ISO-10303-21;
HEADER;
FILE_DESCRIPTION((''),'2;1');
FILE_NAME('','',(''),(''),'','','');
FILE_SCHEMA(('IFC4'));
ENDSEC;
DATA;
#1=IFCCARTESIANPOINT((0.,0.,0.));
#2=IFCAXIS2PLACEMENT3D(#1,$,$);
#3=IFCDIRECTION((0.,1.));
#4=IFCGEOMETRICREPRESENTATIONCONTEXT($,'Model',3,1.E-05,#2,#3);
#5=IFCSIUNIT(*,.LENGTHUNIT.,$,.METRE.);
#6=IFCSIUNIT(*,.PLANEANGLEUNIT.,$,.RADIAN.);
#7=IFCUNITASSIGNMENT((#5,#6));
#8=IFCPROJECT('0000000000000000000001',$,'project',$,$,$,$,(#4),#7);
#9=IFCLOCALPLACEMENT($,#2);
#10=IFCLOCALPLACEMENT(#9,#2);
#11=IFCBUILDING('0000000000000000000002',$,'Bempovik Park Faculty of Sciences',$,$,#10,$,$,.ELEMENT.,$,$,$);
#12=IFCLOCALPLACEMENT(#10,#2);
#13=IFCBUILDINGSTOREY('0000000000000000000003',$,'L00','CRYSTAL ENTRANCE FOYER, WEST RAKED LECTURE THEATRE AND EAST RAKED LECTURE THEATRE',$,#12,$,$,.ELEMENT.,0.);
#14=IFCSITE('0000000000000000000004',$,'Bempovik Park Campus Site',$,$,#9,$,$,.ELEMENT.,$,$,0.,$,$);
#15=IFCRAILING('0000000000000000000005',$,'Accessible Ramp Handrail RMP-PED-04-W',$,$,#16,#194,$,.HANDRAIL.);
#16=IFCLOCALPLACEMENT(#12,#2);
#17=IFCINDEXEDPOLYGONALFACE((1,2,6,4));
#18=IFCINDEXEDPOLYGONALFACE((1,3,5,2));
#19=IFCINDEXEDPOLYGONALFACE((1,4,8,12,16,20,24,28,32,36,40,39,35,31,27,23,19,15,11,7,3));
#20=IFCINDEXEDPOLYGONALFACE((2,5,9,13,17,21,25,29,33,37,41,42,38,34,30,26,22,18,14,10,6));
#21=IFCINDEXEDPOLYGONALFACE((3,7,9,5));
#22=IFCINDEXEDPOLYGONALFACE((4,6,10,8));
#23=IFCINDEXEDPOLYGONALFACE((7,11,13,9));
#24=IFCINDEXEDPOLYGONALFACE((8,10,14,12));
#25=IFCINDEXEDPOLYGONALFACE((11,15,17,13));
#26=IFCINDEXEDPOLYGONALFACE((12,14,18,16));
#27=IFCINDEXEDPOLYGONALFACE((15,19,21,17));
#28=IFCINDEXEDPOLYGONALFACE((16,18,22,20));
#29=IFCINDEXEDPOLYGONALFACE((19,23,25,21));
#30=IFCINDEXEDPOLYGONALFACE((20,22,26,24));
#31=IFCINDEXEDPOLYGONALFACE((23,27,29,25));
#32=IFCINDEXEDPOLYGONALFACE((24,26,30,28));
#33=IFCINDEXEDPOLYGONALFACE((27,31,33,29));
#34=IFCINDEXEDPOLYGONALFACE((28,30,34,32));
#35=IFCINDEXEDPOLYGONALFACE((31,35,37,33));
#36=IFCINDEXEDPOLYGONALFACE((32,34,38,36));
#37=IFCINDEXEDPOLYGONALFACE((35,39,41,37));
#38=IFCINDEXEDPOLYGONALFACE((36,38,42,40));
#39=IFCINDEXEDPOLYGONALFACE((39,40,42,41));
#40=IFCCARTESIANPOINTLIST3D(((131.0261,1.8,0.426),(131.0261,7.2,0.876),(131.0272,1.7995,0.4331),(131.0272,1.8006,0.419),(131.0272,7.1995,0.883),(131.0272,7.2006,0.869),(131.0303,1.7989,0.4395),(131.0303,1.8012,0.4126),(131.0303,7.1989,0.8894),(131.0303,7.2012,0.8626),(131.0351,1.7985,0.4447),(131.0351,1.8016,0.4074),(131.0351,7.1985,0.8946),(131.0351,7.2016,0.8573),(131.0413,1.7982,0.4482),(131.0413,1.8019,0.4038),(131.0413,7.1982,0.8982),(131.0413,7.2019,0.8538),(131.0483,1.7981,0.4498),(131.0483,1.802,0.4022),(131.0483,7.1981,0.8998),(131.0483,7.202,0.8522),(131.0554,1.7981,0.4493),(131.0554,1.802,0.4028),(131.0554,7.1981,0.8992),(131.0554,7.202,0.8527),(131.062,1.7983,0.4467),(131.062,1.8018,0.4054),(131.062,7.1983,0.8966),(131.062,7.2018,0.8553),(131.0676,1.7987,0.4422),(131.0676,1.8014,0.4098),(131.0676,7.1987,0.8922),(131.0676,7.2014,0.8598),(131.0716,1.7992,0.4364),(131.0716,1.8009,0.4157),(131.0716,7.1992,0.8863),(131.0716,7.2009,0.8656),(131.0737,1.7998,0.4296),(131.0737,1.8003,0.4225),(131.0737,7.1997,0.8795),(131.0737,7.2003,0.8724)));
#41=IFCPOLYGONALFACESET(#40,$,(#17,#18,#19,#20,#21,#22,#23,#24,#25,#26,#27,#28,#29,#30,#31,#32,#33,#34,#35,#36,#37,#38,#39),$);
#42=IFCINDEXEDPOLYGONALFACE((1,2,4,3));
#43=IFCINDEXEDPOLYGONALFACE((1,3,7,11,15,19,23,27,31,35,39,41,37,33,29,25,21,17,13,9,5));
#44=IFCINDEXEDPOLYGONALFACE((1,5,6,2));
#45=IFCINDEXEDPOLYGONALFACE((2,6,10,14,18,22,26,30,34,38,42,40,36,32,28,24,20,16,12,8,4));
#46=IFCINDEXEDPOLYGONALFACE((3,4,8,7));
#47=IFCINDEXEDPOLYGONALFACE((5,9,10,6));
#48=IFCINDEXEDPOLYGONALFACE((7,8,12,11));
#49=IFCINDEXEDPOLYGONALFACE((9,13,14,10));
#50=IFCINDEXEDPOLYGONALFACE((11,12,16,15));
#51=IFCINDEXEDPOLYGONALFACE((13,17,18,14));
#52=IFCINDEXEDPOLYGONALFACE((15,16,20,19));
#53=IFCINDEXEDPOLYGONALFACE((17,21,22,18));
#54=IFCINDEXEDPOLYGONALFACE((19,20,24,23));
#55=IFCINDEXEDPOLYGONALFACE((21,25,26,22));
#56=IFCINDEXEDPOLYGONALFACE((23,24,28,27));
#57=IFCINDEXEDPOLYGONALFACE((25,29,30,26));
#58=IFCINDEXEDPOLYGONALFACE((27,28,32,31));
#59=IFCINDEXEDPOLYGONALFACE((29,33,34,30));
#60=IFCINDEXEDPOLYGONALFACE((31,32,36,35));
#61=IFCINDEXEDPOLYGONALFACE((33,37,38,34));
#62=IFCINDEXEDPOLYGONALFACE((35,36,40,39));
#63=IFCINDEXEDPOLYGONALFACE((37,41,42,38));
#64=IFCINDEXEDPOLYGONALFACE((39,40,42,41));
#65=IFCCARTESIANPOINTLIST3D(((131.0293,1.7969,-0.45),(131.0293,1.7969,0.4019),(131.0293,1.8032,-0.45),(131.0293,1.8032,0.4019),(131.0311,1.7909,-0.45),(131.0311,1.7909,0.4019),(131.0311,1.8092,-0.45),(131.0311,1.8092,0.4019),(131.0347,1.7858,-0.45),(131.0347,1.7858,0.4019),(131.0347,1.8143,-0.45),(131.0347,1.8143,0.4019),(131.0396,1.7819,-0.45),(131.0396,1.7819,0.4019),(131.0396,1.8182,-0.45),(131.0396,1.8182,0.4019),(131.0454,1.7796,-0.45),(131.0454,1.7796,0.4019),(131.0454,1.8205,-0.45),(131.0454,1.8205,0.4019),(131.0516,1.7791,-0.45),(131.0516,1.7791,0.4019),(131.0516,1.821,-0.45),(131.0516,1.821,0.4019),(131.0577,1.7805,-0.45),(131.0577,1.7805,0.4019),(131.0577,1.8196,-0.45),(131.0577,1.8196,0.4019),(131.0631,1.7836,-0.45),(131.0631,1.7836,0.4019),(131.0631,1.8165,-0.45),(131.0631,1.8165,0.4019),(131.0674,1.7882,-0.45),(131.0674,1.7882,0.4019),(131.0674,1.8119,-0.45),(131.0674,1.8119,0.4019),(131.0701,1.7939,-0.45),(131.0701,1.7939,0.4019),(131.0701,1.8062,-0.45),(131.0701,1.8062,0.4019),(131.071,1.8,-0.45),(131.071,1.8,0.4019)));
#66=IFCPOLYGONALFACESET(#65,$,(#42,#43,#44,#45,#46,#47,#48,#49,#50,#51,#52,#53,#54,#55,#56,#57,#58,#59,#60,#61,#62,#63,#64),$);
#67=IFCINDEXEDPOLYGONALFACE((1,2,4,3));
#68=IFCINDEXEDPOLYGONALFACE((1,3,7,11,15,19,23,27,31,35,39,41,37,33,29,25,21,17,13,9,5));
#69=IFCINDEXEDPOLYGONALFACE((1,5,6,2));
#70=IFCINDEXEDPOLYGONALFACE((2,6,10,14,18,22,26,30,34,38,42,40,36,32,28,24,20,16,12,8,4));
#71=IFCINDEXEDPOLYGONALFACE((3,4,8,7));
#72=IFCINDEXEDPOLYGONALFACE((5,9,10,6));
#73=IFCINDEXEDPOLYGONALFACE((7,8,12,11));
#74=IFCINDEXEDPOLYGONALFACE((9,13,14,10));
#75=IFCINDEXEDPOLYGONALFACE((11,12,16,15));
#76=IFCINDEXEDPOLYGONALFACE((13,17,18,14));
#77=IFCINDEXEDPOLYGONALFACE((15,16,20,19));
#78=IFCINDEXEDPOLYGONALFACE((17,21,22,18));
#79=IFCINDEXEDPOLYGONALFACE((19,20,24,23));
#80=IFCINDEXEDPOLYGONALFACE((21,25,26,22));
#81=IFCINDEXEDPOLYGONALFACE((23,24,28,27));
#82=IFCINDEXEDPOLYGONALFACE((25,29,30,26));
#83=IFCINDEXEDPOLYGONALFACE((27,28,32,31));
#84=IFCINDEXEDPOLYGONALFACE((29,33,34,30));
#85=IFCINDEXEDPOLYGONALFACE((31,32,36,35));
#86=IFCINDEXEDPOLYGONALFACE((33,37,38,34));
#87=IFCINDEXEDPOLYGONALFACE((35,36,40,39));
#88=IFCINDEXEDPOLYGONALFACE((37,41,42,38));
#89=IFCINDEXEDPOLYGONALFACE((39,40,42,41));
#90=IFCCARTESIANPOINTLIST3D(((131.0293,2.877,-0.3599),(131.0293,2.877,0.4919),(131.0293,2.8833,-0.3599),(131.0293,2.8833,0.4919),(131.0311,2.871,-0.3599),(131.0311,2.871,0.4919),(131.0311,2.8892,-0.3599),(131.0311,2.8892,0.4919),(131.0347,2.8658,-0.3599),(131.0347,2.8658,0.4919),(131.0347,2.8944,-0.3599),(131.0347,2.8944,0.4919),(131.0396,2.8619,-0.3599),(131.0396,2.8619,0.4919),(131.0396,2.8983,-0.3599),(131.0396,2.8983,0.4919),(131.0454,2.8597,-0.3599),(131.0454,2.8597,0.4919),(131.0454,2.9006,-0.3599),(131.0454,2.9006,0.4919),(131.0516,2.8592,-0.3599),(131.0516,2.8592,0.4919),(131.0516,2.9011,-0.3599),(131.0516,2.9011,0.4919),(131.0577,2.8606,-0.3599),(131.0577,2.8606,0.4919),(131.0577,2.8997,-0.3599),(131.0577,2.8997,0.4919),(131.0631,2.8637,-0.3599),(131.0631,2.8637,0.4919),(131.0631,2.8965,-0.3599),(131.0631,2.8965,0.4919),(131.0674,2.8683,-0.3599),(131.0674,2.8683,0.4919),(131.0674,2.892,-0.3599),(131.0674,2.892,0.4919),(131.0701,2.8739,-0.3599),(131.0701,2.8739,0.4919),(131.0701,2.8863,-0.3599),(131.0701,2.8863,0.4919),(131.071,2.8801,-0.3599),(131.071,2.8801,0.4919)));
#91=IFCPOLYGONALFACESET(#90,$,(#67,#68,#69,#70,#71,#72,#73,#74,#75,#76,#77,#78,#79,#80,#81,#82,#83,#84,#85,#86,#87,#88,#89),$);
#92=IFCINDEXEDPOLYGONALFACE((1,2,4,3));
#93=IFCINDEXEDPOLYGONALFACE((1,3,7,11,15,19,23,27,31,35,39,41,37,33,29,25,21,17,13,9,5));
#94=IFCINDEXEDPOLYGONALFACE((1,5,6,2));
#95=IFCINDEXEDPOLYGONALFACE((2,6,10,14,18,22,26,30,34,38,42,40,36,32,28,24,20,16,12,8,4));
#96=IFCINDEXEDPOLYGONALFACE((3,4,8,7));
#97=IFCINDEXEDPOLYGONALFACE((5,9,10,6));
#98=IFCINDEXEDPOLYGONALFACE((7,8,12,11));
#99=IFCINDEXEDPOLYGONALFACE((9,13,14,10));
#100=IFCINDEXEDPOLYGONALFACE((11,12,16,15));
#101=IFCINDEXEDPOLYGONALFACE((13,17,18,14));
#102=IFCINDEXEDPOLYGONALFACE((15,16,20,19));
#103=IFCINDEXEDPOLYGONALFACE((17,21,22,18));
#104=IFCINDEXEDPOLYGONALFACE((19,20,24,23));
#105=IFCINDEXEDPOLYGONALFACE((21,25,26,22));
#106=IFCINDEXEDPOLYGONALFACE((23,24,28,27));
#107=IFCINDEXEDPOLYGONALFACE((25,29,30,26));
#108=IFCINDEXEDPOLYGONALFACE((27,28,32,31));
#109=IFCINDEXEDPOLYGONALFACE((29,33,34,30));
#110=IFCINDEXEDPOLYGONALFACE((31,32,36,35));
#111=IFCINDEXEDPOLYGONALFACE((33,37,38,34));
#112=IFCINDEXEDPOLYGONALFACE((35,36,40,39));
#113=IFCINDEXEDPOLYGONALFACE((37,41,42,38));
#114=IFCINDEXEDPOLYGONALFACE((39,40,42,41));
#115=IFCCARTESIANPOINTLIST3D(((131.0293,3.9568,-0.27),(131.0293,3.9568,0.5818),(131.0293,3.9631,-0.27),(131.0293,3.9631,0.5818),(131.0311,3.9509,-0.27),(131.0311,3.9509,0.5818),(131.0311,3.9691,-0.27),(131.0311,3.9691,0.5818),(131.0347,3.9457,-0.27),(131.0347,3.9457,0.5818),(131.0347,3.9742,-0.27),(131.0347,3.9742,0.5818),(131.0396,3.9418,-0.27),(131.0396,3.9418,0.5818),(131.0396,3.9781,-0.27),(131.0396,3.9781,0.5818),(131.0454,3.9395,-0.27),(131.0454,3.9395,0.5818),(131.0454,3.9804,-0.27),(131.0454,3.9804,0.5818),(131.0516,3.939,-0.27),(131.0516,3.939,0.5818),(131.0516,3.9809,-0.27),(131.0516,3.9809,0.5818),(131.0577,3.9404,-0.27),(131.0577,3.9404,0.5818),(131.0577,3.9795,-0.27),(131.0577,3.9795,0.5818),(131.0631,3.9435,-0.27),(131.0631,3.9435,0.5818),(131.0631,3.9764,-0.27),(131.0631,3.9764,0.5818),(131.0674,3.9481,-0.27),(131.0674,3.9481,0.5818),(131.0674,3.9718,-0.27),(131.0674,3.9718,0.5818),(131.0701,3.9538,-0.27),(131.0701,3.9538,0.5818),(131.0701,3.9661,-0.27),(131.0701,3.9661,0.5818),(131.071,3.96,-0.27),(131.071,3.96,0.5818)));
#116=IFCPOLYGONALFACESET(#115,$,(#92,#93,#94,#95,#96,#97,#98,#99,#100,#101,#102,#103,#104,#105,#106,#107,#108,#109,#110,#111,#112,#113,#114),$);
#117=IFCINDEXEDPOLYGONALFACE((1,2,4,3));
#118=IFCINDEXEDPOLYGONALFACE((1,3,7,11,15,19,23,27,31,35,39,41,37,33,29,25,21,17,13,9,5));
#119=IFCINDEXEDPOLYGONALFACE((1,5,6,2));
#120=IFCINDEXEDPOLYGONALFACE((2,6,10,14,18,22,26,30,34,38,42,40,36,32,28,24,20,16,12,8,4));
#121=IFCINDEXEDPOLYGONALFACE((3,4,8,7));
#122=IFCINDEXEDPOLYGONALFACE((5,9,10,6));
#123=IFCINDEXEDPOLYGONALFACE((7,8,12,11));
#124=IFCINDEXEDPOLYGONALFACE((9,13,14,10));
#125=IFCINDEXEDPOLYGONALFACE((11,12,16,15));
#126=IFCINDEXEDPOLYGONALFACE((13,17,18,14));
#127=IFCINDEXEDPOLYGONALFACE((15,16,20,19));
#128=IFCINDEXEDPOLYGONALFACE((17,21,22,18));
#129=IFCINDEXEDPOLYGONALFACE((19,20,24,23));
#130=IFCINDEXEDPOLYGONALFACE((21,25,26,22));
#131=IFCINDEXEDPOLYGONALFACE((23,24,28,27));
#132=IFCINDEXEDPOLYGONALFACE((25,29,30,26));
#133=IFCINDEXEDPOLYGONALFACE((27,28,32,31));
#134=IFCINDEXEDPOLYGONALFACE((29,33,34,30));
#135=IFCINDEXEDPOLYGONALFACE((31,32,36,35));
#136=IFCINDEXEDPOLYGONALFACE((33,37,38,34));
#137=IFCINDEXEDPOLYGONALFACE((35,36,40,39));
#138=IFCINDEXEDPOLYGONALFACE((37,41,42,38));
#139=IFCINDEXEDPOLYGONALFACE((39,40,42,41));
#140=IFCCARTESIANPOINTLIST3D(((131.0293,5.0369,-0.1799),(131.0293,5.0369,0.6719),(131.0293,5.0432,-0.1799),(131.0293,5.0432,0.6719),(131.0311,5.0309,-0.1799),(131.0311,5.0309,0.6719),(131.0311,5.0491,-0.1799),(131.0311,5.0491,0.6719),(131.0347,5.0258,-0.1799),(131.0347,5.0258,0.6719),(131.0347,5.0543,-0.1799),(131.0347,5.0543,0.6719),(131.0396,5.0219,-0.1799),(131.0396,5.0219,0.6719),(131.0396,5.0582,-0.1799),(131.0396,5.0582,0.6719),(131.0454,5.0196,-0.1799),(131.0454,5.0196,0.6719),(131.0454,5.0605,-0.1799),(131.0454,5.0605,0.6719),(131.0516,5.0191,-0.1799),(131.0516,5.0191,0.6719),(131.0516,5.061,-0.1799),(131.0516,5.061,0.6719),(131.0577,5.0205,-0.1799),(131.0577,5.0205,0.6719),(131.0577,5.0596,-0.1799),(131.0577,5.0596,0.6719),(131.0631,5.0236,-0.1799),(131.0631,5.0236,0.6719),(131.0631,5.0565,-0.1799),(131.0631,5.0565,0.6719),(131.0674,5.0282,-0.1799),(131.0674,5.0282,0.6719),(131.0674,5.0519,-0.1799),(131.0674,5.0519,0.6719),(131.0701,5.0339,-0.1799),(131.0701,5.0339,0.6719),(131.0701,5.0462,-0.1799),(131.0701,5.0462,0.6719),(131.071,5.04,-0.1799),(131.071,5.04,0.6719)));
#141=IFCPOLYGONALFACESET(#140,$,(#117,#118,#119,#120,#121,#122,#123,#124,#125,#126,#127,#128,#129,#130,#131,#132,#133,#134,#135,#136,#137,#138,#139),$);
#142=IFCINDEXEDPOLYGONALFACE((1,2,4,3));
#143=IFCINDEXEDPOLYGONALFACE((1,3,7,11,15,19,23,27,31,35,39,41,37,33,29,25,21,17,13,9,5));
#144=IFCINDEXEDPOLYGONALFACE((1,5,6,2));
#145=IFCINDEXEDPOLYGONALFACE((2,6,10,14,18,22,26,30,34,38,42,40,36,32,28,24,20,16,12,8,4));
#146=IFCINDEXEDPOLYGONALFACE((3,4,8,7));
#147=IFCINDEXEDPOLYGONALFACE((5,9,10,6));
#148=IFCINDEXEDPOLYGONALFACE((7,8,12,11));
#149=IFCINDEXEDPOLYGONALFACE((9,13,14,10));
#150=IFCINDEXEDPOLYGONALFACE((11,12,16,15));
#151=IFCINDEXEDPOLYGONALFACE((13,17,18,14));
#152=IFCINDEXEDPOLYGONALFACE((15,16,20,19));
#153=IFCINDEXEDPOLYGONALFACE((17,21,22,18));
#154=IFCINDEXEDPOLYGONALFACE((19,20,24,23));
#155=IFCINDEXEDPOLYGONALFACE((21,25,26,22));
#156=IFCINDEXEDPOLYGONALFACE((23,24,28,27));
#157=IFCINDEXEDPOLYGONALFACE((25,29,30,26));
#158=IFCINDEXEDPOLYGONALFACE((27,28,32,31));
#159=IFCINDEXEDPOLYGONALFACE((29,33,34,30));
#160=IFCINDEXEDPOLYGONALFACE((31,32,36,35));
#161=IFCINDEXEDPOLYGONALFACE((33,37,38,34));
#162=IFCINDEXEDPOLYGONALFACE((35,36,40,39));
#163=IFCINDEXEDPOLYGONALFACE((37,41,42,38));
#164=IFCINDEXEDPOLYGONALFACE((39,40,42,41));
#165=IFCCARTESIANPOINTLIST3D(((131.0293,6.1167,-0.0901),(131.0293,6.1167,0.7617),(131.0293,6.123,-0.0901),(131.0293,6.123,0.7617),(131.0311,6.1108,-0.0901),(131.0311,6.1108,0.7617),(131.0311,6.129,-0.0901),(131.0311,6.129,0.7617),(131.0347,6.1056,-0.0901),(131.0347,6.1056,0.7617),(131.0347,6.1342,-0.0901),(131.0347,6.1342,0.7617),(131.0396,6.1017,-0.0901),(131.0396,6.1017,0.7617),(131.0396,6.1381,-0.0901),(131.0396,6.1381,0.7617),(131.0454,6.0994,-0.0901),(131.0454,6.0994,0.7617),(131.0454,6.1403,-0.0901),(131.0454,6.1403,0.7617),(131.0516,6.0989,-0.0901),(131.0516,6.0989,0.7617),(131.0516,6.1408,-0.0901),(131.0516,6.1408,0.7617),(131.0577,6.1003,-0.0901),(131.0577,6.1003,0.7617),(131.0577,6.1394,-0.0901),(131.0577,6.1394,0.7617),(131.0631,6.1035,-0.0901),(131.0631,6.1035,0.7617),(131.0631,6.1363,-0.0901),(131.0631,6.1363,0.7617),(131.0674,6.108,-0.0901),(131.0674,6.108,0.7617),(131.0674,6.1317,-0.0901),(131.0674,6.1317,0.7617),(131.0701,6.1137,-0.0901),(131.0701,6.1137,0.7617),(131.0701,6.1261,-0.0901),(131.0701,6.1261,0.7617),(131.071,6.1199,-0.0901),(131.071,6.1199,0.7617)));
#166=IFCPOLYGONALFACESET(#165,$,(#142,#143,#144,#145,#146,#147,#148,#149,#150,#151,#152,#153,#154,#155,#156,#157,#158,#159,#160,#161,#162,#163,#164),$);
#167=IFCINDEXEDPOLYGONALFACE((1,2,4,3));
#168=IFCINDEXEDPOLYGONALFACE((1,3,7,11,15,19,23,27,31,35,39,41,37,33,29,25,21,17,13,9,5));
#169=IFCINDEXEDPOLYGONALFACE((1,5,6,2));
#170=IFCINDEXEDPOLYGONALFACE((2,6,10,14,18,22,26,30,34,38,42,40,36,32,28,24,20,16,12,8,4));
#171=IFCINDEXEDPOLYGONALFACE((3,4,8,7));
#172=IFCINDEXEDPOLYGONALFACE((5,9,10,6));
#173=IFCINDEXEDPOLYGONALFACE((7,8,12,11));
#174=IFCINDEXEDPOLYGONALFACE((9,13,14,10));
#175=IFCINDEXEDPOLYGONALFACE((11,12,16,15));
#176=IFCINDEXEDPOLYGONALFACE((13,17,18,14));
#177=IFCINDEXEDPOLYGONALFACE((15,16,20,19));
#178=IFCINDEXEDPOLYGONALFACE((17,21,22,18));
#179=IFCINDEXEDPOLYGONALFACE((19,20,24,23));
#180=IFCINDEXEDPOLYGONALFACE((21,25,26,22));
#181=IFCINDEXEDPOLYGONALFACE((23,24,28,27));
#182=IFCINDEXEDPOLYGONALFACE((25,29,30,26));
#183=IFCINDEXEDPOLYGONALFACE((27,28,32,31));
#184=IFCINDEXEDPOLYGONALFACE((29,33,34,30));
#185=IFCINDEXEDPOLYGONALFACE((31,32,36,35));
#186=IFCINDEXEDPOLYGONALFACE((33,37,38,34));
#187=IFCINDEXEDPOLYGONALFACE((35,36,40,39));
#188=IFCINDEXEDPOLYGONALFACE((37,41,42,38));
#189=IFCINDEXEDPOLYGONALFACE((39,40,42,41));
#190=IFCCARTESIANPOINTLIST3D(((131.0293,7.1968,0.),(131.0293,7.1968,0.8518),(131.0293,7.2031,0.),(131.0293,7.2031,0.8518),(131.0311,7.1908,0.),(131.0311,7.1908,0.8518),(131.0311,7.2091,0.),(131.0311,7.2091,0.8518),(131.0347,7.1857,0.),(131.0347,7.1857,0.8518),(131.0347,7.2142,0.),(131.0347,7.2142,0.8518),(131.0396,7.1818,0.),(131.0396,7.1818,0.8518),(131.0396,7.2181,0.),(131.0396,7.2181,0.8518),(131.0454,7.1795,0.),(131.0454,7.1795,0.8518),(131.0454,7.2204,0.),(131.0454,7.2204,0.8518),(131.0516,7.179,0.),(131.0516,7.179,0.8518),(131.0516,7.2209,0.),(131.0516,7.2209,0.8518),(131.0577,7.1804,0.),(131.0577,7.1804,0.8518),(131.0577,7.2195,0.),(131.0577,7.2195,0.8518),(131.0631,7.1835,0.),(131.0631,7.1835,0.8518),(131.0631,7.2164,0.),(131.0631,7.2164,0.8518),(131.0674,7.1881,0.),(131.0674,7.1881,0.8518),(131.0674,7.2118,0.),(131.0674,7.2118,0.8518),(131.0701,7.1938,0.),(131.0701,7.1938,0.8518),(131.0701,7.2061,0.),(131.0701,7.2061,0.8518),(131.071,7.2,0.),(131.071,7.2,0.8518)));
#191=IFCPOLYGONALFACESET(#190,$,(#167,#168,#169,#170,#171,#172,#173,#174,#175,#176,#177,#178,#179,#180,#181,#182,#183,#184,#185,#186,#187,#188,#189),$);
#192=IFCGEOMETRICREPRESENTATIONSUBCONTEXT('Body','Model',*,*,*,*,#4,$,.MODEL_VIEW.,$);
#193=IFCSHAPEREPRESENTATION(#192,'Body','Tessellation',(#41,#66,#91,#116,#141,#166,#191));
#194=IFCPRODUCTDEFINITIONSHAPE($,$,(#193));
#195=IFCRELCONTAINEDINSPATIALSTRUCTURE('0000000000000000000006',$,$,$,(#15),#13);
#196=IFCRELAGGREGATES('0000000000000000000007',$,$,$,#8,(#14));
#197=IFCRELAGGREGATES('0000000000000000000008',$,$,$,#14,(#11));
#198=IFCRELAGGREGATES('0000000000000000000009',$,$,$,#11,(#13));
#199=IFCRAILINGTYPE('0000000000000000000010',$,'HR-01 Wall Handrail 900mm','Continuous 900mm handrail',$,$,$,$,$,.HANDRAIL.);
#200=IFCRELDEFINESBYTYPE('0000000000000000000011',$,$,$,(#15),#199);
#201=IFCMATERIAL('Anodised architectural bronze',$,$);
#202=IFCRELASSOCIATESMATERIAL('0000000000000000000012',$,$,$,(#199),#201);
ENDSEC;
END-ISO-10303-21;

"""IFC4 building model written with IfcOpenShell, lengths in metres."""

from ifc_helpers import new_model, si_unit, direction, frame, origin, origin_2d, place, context, subcontext, project, spatial, circle, extrude, material, type_object, element, save


model = new_model("IFC4")

# Units and contexts
model_context = context("Model", 3, precision=1e-05, world=origin(), true_north=direction((0.0, 1.0)))
body_context = subcontext(model_context, "Body", "Model", "MODEL_VIEW")
ifc_project = project(units=[si_unit("LENGTHUNIT", "METRE"), si_unit("PLANEANGLEUNIT", "RADIAN")], contexts=[model_context])

# Site, building, storey
site_placement = place(None, origin())
site = spatial("IfcSite", under=ifc_project, at=site_placement, Name="Bempovik Park Campus Site", CompositionType="ELEMENT", RefElevation=0.0)
building_placement = place(site_placement, origin())
building = spatial("IfcBuilding", under=site, at=building_placement, Name="Bempovik Park Faculty of Sciences", CompositionType="ELEMENT")
storey_placement = place(building_placement, origin())
storey = spatial("IfcBuildingStorey", under=building, at=storey_placement, Name="L00", Description="CRYSTAL ENTRANCE FOYER, WEST RAKED LECTURE THEATRE AND EAST RAKED LECTURE THEATRE", CompositionType="ELEMENT", Elevation=0.0)

# Railing
ifc_material_1 = material(Name="Anodised architectural bronze")
railing_type = type_object("IfcRailingType", Name="HR-01 Wall Handrail 900mm", Description="Continuous 900mm handrail", PredefinedType="HANDRAIL", material=ifc_material_1)
for number, where, name in (
    (1, (131.05, 1.8, -0.45), "Accessible Ramp Handrail RMP-PED-04-W"),
):
    element("IfcRailing", number, at=place(storey_placement, frame(where)), inside=storey, type_object=railing_type, Name=name, PredefinedType="HANDRAIL", context=body_context, shape_type="SweptSolid", body=[
        extrude(circle(Radius=0.0239, at=origin_2d()), frame((0.0, 0.0, 0.876), z_axis=(0.0, 0.996546, 0.083038), x_axis=(-1.0, 0.0, 0.0)), (0.0, 0.0, 1.0), 5.4187),
        extrude(circle(Radius=0.021, at=origin_2d()), origin(), (0.0, 0.0, 1.0), 0.8518),
        extrude(circle(Radius=0.021, at=origin_2d()), frame((0.0, 1.0801, 0.0901)), (0.0, 0.0, 1.0), 0.8518),
        extrude(circle(Radius=0.021, at=origin_2d()), frame((0.0, 2.1599, 0.1799)), (0.0, 0.0, 1.0), 0.8518),
        extrude(circle(Radius=0.021, at=origin_2d()), frame((0.0, 3.24, 0.27)), (0.0, 0.0, 1.0), 0.8518),
        extrude(circle(Radius=0.021, at=origin_2d()), frame((0.0, 4.3198, 0.3599)), (0.0, 0.0, 1.0), 0.8518),
        extrude(circle(Radius=0.021, at=origin_2d()), frame((0.0, 5.3999, 0.45)), (0.0, 0.0, 1.0), 0.8518),
    ])

save(model, "model.ifc")
